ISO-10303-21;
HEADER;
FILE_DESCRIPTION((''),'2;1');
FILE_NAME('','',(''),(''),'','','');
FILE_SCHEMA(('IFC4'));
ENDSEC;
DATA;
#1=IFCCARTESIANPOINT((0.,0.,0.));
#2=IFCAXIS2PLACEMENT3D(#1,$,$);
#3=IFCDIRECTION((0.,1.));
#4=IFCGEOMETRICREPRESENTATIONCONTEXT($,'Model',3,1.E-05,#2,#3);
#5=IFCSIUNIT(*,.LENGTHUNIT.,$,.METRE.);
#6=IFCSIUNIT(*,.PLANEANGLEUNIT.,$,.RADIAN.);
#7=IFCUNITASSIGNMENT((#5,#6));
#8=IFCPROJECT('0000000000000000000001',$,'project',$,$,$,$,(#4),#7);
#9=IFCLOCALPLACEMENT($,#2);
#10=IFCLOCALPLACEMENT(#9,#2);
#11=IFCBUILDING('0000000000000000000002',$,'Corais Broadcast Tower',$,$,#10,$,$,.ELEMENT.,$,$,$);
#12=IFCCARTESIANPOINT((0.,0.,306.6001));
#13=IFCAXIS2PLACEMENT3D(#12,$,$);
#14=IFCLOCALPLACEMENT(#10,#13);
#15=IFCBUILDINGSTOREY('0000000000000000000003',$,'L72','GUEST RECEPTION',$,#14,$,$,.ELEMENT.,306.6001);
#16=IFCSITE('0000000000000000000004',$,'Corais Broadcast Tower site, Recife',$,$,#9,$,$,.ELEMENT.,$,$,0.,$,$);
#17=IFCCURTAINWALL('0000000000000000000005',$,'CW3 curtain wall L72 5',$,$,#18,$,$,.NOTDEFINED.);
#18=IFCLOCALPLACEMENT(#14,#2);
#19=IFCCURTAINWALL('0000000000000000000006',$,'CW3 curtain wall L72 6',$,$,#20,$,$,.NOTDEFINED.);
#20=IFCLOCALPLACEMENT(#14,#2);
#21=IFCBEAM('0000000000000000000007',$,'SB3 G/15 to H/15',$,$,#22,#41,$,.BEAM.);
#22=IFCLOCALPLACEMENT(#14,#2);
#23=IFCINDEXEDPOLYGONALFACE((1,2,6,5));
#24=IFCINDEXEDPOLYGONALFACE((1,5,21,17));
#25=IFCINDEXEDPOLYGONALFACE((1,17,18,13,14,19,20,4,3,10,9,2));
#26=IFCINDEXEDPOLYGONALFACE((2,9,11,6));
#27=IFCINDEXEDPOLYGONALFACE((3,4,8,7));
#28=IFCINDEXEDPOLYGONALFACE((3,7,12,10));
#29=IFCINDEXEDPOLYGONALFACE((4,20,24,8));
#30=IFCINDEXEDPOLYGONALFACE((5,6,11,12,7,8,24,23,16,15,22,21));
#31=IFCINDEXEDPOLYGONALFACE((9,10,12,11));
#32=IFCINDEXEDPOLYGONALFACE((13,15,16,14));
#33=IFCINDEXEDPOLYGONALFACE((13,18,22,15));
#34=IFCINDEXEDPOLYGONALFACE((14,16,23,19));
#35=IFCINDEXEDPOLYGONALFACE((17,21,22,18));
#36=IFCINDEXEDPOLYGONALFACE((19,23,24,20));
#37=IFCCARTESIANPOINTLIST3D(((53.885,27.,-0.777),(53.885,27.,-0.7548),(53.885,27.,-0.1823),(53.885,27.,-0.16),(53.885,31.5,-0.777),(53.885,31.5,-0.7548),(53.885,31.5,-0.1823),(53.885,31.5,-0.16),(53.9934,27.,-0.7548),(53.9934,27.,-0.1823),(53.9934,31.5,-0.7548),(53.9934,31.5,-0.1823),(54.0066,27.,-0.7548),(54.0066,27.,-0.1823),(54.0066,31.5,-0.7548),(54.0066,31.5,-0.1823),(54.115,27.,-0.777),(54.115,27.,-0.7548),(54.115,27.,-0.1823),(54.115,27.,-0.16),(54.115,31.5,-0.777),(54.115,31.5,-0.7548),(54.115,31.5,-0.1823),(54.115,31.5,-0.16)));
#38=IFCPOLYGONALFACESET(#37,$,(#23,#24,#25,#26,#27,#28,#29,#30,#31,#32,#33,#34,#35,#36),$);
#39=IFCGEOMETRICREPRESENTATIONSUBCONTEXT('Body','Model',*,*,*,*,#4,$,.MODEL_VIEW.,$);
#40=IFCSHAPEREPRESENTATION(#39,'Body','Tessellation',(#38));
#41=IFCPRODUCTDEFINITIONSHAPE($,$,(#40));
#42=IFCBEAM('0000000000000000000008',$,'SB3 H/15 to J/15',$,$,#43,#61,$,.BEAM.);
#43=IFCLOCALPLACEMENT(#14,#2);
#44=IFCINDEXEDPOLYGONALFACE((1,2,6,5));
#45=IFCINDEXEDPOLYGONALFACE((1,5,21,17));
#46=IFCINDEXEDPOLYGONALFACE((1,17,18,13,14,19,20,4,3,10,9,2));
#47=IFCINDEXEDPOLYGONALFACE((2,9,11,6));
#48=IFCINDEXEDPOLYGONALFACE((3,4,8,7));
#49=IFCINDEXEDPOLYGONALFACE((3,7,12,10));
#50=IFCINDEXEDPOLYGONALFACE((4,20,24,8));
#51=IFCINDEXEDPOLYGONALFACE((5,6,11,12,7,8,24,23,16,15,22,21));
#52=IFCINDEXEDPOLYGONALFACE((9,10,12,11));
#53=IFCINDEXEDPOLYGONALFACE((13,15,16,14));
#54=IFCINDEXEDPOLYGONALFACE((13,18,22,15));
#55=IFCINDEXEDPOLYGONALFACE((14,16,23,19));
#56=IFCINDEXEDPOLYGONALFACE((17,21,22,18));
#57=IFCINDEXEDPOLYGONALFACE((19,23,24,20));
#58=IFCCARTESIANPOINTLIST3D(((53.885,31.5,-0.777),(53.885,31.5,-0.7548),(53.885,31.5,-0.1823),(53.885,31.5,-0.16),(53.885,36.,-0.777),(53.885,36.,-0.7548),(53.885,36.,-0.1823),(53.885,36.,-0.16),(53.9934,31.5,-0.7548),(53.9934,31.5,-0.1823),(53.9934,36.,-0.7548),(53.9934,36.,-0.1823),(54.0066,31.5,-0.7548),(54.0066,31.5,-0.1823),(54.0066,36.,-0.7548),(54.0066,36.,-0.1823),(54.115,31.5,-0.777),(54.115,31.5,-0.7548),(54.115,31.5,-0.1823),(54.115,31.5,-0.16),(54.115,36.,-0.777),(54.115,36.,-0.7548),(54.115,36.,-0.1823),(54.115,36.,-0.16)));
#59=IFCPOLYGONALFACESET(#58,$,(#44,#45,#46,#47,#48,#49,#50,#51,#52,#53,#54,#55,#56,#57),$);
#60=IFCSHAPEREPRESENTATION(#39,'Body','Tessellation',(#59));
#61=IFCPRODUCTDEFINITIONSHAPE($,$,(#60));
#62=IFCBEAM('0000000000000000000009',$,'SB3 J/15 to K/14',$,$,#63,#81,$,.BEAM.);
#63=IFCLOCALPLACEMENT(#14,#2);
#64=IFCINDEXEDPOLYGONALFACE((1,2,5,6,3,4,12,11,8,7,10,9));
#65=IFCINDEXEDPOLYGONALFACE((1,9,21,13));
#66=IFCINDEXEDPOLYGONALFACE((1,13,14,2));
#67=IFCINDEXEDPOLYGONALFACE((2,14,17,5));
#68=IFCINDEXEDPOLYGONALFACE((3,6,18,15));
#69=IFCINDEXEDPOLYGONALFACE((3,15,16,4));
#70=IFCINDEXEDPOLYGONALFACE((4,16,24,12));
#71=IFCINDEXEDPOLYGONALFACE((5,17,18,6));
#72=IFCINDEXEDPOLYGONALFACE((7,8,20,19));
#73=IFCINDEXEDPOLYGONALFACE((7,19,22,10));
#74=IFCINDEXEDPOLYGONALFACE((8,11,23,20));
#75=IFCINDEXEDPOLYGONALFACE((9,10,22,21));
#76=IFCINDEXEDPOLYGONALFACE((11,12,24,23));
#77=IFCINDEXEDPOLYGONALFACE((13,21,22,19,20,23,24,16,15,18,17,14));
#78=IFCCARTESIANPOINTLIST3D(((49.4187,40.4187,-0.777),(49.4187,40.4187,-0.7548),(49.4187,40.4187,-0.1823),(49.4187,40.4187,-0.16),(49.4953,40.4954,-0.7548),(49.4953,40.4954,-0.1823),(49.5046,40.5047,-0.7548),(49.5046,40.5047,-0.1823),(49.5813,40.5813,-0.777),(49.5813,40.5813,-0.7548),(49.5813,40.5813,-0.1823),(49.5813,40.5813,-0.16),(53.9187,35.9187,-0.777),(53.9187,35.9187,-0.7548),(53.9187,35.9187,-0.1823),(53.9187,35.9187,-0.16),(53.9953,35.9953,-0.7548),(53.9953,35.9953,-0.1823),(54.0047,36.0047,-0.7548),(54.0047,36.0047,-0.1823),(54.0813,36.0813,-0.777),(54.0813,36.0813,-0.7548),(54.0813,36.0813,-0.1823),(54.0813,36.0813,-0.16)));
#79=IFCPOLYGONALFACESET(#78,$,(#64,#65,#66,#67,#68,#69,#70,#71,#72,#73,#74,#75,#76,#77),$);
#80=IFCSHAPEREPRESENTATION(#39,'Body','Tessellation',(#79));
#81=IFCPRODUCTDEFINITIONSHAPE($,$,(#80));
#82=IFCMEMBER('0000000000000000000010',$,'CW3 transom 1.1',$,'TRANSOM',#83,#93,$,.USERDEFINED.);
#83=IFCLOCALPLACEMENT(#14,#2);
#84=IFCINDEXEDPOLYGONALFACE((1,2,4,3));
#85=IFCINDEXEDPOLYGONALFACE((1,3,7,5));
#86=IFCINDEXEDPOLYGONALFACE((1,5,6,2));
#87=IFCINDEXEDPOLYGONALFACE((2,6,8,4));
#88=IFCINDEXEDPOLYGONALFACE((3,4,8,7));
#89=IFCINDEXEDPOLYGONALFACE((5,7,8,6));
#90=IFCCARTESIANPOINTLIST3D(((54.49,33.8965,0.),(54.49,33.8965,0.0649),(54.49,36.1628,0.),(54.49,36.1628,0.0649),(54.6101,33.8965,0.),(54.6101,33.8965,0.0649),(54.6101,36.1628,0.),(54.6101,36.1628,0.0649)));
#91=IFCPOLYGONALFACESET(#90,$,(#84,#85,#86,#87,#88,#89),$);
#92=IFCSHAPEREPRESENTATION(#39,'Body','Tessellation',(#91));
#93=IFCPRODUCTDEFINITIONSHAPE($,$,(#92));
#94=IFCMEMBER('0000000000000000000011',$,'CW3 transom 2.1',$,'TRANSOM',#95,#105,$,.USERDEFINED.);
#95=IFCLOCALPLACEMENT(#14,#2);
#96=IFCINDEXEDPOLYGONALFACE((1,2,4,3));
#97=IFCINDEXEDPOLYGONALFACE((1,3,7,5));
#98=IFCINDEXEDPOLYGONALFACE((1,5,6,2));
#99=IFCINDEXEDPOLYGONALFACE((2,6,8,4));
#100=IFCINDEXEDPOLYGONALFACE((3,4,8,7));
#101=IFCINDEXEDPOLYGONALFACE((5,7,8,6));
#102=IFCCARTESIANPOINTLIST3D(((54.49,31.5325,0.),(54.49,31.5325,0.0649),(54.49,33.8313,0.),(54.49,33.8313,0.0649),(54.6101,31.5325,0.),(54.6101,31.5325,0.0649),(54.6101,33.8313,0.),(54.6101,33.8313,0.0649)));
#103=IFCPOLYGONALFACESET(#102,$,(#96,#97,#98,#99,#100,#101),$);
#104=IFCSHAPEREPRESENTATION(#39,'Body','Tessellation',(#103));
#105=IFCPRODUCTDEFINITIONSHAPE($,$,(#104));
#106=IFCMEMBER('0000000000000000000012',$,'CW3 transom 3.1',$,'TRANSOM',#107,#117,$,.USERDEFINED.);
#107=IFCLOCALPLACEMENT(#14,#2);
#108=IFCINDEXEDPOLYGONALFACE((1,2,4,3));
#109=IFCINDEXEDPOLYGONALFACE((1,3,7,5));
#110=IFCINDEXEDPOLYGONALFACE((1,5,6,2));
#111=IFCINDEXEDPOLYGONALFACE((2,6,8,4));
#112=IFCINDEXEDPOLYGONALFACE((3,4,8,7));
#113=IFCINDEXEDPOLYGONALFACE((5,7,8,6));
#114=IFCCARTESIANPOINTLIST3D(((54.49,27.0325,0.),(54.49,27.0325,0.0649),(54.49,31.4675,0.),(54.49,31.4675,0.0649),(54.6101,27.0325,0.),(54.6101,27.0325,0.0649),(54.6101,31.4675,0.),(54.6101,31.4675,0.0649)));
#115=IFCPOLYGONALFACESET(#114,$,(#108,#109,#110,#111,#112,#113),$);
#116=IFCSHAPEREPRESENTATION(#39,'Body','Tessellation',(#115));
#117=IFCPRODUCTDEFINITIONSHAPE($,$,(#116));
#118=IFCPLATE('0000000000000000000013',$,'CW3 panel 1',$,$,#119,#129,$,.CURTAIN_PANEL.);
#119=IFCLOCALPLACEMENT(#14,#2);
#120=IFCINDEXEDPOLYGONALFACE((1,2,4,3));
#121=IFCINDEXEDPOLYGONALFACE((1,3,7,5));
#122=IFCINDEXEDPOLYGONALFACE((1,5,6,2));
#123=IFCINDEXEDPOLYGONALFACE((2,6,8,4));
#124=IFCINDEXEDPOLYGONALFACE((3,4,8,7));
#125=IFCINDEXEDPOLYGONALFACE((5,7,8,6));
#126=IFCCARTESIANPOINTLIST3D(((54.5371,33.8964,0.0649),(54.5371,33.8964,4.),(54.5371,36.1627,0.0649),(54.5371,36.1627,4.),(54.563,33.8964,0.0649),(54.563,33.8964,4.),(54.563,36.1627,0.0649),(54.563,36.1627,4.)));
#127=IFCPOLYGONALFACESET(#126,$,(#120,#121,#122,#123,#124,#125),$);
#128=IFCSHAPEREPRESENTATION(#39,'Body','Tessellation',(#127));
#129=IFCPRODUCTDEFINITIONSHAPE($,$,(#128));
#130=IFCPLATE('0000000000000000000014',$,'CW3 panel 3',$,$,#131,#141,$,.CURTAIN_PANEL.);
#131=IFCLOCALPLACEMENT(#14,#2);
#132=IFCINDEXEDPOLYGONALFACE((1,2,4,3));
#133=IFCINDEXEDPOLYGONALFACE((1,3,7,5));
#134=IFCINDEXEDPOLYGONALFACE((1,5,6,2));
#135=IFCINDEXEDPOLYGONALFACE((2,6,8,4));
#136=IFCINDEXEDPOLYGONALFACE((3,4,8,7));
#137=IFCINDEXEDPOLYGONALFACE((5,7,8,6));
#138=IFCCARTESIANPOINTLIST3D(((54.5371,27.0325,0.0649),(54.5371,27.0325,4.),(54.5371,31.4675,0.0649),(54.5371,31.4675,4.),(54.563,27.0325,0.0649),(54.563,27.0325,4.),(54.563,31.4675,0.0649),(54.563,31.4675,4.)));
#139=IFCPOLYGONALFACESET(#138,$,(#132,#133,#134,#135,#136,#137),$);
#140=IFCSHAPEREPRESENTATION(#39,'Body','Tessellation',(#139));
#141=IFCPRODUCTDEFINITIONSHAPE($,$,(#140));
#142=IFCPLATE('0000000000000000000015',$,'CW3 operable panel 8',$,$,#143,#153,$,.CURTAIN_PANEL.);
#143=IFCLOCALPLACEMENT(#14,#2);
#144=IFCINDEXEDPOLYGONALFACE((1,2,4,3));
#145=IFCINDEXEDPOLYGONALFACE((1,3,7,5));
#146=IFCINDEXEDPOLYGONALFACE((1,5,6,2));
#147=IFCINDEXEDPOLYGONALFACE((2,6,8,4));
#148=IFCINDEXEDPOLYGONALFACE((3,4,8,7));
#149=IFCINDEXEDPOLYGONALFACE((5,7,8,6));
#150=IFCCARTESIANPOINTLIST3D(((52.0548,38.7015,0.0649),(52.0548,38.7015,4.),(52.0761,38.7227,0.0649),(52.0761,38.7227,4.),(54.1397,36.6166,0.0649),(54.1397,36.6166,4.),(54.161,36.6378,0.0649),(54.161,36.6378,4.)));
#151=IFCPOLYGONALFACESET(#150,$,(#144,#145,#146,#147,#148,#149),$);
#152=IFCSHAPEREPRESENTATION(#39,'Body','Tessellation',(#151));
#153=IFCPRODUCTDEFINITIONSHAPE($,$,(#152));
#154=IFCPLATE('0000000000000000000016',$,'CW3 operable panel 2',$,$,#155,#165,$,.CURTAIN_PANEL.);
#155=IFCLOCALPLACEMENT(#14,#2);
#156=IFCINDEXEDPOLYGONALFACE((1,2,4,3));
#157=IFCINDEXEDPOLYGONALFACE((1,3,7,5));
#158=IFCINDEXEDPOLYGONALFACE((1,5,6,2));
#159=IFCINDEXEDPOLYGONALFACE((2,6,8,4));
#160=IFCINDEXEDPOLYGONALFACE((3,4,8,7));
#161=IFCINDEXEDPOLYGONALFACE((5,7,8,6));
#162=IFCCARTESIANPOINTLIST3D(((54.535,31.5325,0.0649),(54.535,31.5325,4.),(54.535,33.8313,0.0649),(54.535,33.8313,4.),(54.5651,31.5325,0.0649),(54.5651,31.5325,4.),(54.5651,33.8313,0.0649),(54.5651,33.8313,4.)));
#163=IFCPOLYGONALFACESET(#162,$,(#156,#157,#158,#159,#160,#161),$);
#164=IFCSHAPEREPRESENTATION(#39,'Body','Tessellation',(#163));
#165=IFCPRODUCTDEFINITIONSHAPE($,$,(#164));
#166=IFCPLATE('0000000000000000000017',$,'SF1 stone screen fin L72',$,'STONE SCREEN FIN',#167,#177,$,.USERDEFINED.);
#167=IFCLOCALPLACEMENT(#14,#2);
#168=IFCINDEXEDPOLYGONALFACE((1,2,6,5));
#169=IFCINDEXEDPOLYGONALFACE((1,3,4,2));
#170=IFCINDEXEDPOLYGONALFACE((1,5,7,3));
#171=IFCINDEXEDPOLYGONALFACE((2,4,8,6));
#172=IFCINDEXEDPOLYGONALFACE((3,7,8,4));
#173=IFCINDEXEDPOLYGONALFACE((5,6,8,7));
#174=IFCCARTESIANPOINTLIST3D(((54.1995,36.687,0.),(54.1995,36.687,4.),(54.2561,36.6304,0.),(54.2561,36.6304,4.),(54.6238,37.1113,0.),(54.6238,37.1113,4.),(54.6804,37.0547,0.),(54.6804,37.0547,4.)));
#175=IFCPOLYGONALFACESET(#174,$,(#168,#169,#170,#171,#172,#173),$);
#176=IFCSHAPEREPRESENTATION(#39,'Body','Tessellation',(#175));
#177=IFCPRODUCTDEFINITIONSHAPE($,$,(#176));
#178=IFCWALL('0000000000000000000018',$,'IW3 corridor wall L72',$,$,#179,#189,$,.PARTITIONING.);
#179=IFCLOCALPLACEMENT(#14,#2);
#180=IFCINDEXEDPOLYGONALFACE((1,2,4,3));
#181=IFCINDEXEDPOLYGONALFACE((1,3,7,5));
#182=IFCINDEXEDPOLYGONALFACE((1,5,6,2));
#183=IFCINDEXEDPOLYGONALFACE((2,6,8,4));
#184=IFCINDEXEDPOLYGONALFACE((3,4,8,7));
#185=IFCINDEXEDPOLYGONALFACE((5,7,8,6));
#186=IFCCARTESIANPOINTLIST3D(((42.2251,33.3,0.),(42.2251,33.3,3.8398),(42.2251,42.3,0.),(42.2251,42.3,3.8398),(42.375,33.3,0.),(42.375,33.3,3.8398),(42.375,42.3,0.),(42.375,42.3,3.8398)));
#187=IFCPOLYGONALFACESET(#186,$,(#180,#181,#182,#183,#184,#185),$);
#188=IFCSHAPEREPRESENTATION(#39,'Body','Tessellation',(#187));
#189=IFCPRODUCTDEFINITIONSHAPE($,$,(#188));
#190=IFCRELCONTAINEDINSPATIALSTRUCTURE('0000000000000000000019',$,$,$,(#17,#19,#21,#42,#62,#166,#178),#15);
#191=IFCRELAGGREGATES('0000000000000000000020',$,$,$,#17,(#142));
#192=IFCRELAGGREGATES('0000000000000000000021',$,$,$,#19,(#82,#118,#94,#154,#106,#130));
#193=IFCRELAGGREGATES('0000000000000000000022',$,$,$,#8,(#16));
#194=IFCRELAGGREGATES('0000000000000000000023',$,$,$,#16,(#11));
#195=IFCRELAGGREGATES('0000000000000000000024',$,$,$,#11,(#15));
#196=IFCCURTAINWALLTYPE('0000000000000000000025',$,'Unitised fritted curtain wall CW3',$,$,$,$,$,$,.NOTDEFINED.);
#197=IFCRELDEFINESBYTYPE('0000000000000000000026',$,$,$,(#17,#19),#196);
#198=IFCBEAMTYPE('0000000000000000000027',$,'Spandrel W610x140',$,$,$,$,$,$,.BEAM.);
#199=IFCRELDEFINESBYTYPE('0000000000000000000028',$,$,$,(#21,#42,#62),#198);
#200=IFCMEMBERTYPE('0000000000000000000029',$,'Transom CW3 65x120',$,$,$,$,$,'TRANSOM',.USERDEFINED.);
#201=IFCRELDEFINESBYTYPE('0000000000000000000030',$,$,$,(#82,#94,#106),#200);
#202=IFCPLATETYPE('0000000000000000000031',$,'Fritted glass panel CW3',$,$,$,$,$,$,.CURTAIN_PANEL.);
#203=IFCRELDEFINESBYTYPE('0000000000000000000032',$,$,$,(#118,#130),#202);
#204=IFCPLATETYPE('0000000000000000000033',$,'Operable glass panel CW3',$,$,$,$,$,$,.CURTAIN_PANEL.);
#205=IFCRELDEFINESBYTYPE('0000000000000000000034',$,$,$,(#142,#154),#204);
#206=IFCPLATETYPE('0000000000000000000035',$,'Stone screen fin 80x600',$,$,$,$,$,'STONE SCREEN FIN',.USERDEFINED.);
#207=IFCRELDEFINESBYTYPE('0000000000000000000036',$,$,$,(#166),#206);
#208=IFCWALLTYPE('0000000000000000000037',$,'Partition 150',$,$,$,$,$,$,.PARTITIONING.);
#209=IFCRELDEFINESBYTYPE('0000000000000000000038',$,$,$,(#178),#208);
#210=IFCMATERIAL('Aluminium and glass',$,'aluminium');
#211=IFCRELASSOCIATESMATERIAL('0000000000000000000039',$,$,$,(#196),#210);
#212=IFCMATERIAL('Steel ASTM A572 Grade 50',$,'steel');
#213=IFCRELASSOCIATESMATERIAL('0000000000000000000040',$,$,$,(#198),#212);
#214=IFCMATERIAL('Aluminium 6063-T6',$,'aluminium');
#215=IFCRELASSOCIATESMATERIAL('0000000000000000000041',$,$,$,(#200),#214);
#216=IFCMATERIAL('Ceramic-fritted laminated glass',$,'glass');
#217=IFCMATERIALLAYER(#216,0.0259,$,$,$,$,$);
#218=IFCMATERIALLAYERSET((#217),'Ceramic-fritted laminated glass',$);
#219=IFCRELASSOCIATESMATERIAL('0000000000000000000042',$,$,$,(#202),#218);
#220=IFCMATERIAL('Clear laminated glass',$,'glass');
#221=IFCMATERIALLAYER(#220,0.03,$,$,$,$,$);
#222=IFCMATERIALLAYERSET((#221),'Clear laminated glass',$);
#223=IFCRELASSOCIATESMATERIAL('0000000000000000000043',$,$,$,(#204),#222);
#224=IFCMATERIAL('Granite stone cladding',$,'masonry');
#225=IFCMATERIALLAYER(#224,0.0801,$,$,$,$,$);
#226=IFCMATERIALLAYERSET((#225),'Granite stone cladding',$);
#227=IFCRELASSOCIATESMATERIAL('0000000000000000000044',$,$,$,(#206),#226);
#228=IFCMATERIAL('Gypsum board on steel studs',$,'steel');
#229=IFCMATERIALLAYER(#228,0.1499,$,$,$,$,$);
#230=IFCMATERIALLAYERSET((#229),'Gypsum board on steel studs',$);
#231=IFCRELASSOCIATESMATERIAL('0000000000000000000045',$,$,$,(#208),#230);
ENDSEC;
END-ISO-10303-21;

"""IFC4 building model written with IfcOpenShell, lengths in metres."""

from ifc_helpers import new_model, si_unit, direction, frame, frame_2d, origin, origin_2d, place, context, subcontext, project, spatial, rectangle, i_section, extrude, material, layer, layer_set, material_profile, profile_set, type_object, element, aggregate, save


model = new_model("IFC4")

# Units and contexts
model_context = context("Model", 3, precision=1e-05, world=origin(), true_north=direction((0.0, 1.0)))
body_context = subcontext(model_context, "Body", "Model", "MODEL_VIEW")
ifc_project = project(units=[si_unit("LENGTHUNIT", "METRE"), si_unit("PLANEANGLEUNIT", "RADIAN")], contexts=[model_context])

# Site, building, storey
site_placement = place(None, origin())
site = spatial("IfcSite", under=ifc_project, at=site_placement, Name="Corais Broadcast Tower site, Recife", CompositionType="ELEMENT", RefElevation=0.0)
building_placement = place(site_placement, origin())
building = spatial("IfcBuilding", under=site, at=building_placement, Name="Corais Broadcast Tower", CompositionType="ELEMENT")
storey_placement = place(building_placement, frame((0.0, 0.0, 306.6001)))
storey = spatial("IfcBuildingStorey", under=building, at=storey_placement, Name="L72", Description="GUEST RECEPTION", CompositionType="ELEMENT", Elevation=306.6001)

# Curtain wall
ifc_material_1 = material(Name="Aluminium and glass", Category="aluminium")
curtain_wall_type = type_object("IfcCurtainWallType", Name="Unitised fritted curtain wall CW3", PredefinedType="NOTDEFINED", material=ifc_material_1)
curtain_wall_1_placement = place(storey_placement, origin())
curtain_wall_1 = element("IfcCurtainWall", 1, at=curtain_wall_1_placement, inside=storey, type_object=curtain_wall_type, Name="CW3 curtain wall L72 5", PredefinedType="NOTDEFINED")

# Curtain wall
curtain_wall_2_placement = place(storey_placement, origin())
curtain_wall_2 = element("IfcCurtainWall", 2, at=curtain_wall_2_placement, inside=storey, type_object=curtain_wall_type, Name="CW3 curtain wall L72 6", PredefinedType="NOTDEFINED")

# Beams
ifc_material_2 = material(Name="Steel ASTM A572 Grade 50", Category="steel")
ifc_material_profile_1 = material_profile(ifc_material_2, i_section(OverallWidth=0.23, OverallDepth=0.6169, WebThickness=0.0132, FlangeThickness=0.0222, at=origin_2d()), Name="W610x140")
ifc_profile_set_1 = profile_set([ifc_material_profile_1], Name="Steel ASTM A572 Grade 50")
beam_type_1 = type_object("IfcBeamType", Name="Spandrel W610x140", PredefinedType="BEAM", material=ifc_profile_set_1)
for number, where, z_axis, x_axis, name in (
    (3, (54.0, 27.0, -0.4685), (0.0, 1.0, 0.0), (-1.0, 0.0, 0.0), "SB3 G/15 to H/15"),
    (4, (54.0, 31.5, -0.4685), (0.0, 1.0, 0.0), (-1.0, 0.0, 0.0), "SB3 H/15 to J/15"),
):
    element("IfcBeam", number, at=place(storey_placement, frame(where, z_axis=z_axis, x_axis=x_axis)), inside=storey, type_object=beam_type_1, Name=name, PredefinedType="BEAM", context=body_context, shape_type="SweptSolid", body=[
        extrude(i_section(OverallWidth=0.23, OverallDepth=0.6169, WebThickness=0.0132, FlangeThickness=0.0222, at=origin_2d()), origin(), (0.0, 0.0, 1.0), 4.5),
    ])
beam_placement = place(storey_placement, frame((54.0, 36.0, -0.4685), z_axis=(-0.707107, 0.707107, 0.0), x_axis=(-0.707107, -0.707107, 0.0)))
element("IfcBeam", 5, at=beam_placement, inside=storey, type_object=beam_type_1, Name="SB3 J/15 to K/14", PredefinedType="BEAM", context=body_context, shape_type="SweptSolid", body=[
    extrude(i_section(OverallWidth=0.23, OverallDepth=0.6169, WebThickness=0.0132, FlangeThickness=0.0222, at=origin_2d()), origin(), (0.0, 0.0, 1.0), 6.364),
])

# Members
ifc_material_3 = material(Name="Aluminium 6063-T6", Category="aluminium")
ifc_material_profile_2 = material_profile(ifc_material_3, rectangle(XDim=0.1201, YDim=0.0649, at=origin_2d()), Name="Transom CW3 65x120")
ifc_profile_set_2 = profile_set([ifc_material_profile_2], Name="Aluminium 6063-T6")
member_type_1 = type_object("IfcMemberType", Name="Transom CW3 65x120", ElementType="TRANSOM", PredefinedType="USERDEFINED", material=ifc_profile_set_2)
member_1_placement = place(storey_placement, frame((54.55, 36.1628, 0.0325), z_axis=(0.0, -1.0, 0.0), x_axis=(1.0, 0.0, 0.0)))
member_1 = element("IfcMember", 6, at=member_1_placement, type_object=member_type_1, Name="CW3 transom 1.1", ObjectType="TRANSOM", PredefinedType="USERDEFINED", context=body_context, shape_type="SweptSolid", body=[
    extrude(rectangle(XDim=0.1201, YDim=0.0649, at=origin_2d()), origin(), (0.0, 0.0, 1.0), 2.2664),
])
member_2_placement = place(storey_placement, frame((54.55, 33.8313, 0.0325), z_axis=(0.0, -1.0, 0.0), x_axis=(1.0, 0.0, 0.0)))
member_2 = element("IfcMember", 7, at=member_2_placement, type_object=member_type_1, Name="CW3 transom 2.1", ObjectType="TRANSOM", PredefinedType="USERDEFINED", context=body_context, shape_type="SweptSolid", body=[
    extrude(rectangle(XDim=0.1201, YDim=0.0649, at=origin_2d()), origin(), (0.0, 0.0, 1.0), 2.2988),
])
member_3_placement = place(storey_placement, frame((54.55, 31.4675, 0.0325), z_axis=(0.0, -1.0, 0.0), x_axis=(1.0, 0.0, 0.0)))
member_3 = element("IfcMember", 8, at=member_3_placement, type_object=member_type_1, Name="CW3 transom 3.1", ObjectType="TRANSOM", PredefinedType="USERDEFINED", context=body_context, shape_type="SweptSolid", body=[
    extrude(rectangle(XDim=0.1201, YDim=0.0649, at=origin_2d()), origin(), (0.0, 0.0, 1.0), 4.4351),
])

# Plates
ifc_material_4 = material(Name="Ceramic-fritted laminated glass", Category="glass")
ifc_layer_1 = layer(ifc_material_4, 0.0259)
ifc_layer_set_1 = layer_set([ifc_layer_1], Name="Ceramic-fritted laminated glass")
plate_type_1 = type_object("IfcPlateType", Name="Fritted glass panel CW3", PredefinedType="CURTAIN_PANEL", material=ifc_layer_set_1)
plate_1_placement = place(storey_placement, frame((54.55, 35.0295, 0.0649), z_axis=(0.0, 0.0, 1.0), x_axis=(0.0, -1.0, 0.0)))
plate_1 = element("IfcPlate", 9, at=plate_1_placement, type_object=plate_type_1, Name="CW3 panel 1", PredefinedType="CURTAIN_PANEL", context=body_context, shape_type="SweptSolid", body=[
    extrude(rectangle(XDim=2.2664, YDim=0.0259, at=origin_2d()), origin(), (0.0, 0.0, 1.0), 3.9351),
])
plate_2_placement = place(storey_placement, frame((54.55, 29.25, 0.0649), z_axis=(0.0, 0.0, 1.0), x_axis=(0.0, -1.0, 0.0)))
plate_2 = element("IfcPlate", 10, at=plate_2_placement, type_object=plate_type_1, Name="CW3 panel 3", PredefinedType="CURTAIN_PANEL", context=body_context, shape_type="SweptSolid", body=[
    extrude(rectangle(XDim=4.4351, YDim=0.0259, at=origin_2d()), origin(), (0.0, 0.0, 1.0), 3.9351),
])
ifc_material_5 = material(Name="Clear laminated glass", Category="glass")
ifc_layer_2 = layer(ifc_material_5, 0.03)
ifc_layer_set_2 = layer_set([ifc_layer_2], Name="Clear laminated glass")
plate_type_2 = type_object("IfcPlateType", Name="Operable glass panel CW3", PredefinedType="CURTAIN_PANEL", material=ifc_layer_set_2)
plate_3_placement = place(storey_placement, frame((53.1079, 37.6697, 0.0649), z_axis=(0.0, 0.0, 1.0), x_axis=(0.707107, -0.707107, 0.0)))
plate_3 = element("IfcPlate", 11, at=plate_3_placement, type_object=plate_type_2, Name="CW3 operable panel 8", PredefinedType="CURTAIN_PANEL", context=body_context, shape_type="SweptSolid", body=[
    extrude(rectangle(XDim=2.9485, YDim=0.03, at=origin_2d()), origin(), (0.0, 0.0, 1.0), 3.9351),
])
aggregate(curtain_wall_1, [plate_3])
plate_4_placement = place(storey_placement, frame((54.55, 32.6819, 0.0649), z_axis=(0.0, 0.0, 1.0), x_axis=(0.0, -1.0, 0.0)))
plate_4 = element("IfcPlate", 12, at=plate_4_placement, type_object=plate_type_2, Name="CW3 operable panel 2", PredefinedType="CURTAIN_PANEL", context=body_context, shape_type="SweptSolid", body=[
    extrude(rectangle(XDim=2.2988, YDim=0.03, at=origin_2d()), origin(), (0.0, 0.0, 1.0), 3.9351),
])
aggregate(curtain_wall_2, [member_1, plate_1, member_2, plate_4, member_3, plate_2])
ifc_material_6 = material(Name="Granite stone cladding", Category="masonry")
ifc_layer_3 = layer(ifc_material_6, 0.0801)
ifc_layer_set_3 = layer_set([ifc_layer_3], Name="Granite stone cladding")
plate_type_3 = type_object("IfcPlateType", Name="Stone screen fin 80x600", ElementType="STONE SCREEN FIN", PredefinedType="USERDEFINED", material=ifc_layer_set_3)
plate_5_placement = place(storey_placement, frame((54.4399, 36.8708, 0.0), z_axis=(0.0, 0.0, 1.0), x_axis=(0.707107, -0.707107, 0.0)))
element("IfcPlate", 13, at=plate_5_placement, inside=storey, type_object=plate_type_3, Name="SF1 stone screen fin L72", ObjectType="STONE SCREEN FIN", PredefinedType="USERDEFINED", context=body_context, shape_type="SweptSolid", body=[
    extrude(rectangle(XDim=0.0801, YDim=0.6001, at=origin_2d()), origin(), (0.0, 0.0, 1.0), 4.0),
])

# Wall
ifc_material_7 = material(Name="Gypsum board on steel studs", Category="steel")
ifc_layer_4 = layer(ifc_material_7, 0.1499)
ifc_layer_set_4 = layer_set([ifc_layer_4], Name="Gypsum board on steel studs")
wall_type = type_object("IfcWallType", Name="Partition 150", PredefinedType="PARTITIONING", material=ifc_layer_set_4)
wall_1_placement = place(storey_placement, frame((42.3, 33.3, 0.0), z_axis=(0.0, 0.0, 1.0), x_axis=(0.0, 1.0, 0.0)))
element("IfcWall", 14, at=wall_1_placement, inside=storey, type_object=wall_type, Name="IW3 corridor wall L72", PredefinedType="PARTITIONING", context=body_context, shape_type="SweptSolid", body=[
    extrude(rectangle(XDim=9.0, YDim=0.1499, at=frame_2d((4.5, 0.0))), origin(), (0.0, 0.0, 1.0), 3.8398),
])

save(model, "model.ifc")
